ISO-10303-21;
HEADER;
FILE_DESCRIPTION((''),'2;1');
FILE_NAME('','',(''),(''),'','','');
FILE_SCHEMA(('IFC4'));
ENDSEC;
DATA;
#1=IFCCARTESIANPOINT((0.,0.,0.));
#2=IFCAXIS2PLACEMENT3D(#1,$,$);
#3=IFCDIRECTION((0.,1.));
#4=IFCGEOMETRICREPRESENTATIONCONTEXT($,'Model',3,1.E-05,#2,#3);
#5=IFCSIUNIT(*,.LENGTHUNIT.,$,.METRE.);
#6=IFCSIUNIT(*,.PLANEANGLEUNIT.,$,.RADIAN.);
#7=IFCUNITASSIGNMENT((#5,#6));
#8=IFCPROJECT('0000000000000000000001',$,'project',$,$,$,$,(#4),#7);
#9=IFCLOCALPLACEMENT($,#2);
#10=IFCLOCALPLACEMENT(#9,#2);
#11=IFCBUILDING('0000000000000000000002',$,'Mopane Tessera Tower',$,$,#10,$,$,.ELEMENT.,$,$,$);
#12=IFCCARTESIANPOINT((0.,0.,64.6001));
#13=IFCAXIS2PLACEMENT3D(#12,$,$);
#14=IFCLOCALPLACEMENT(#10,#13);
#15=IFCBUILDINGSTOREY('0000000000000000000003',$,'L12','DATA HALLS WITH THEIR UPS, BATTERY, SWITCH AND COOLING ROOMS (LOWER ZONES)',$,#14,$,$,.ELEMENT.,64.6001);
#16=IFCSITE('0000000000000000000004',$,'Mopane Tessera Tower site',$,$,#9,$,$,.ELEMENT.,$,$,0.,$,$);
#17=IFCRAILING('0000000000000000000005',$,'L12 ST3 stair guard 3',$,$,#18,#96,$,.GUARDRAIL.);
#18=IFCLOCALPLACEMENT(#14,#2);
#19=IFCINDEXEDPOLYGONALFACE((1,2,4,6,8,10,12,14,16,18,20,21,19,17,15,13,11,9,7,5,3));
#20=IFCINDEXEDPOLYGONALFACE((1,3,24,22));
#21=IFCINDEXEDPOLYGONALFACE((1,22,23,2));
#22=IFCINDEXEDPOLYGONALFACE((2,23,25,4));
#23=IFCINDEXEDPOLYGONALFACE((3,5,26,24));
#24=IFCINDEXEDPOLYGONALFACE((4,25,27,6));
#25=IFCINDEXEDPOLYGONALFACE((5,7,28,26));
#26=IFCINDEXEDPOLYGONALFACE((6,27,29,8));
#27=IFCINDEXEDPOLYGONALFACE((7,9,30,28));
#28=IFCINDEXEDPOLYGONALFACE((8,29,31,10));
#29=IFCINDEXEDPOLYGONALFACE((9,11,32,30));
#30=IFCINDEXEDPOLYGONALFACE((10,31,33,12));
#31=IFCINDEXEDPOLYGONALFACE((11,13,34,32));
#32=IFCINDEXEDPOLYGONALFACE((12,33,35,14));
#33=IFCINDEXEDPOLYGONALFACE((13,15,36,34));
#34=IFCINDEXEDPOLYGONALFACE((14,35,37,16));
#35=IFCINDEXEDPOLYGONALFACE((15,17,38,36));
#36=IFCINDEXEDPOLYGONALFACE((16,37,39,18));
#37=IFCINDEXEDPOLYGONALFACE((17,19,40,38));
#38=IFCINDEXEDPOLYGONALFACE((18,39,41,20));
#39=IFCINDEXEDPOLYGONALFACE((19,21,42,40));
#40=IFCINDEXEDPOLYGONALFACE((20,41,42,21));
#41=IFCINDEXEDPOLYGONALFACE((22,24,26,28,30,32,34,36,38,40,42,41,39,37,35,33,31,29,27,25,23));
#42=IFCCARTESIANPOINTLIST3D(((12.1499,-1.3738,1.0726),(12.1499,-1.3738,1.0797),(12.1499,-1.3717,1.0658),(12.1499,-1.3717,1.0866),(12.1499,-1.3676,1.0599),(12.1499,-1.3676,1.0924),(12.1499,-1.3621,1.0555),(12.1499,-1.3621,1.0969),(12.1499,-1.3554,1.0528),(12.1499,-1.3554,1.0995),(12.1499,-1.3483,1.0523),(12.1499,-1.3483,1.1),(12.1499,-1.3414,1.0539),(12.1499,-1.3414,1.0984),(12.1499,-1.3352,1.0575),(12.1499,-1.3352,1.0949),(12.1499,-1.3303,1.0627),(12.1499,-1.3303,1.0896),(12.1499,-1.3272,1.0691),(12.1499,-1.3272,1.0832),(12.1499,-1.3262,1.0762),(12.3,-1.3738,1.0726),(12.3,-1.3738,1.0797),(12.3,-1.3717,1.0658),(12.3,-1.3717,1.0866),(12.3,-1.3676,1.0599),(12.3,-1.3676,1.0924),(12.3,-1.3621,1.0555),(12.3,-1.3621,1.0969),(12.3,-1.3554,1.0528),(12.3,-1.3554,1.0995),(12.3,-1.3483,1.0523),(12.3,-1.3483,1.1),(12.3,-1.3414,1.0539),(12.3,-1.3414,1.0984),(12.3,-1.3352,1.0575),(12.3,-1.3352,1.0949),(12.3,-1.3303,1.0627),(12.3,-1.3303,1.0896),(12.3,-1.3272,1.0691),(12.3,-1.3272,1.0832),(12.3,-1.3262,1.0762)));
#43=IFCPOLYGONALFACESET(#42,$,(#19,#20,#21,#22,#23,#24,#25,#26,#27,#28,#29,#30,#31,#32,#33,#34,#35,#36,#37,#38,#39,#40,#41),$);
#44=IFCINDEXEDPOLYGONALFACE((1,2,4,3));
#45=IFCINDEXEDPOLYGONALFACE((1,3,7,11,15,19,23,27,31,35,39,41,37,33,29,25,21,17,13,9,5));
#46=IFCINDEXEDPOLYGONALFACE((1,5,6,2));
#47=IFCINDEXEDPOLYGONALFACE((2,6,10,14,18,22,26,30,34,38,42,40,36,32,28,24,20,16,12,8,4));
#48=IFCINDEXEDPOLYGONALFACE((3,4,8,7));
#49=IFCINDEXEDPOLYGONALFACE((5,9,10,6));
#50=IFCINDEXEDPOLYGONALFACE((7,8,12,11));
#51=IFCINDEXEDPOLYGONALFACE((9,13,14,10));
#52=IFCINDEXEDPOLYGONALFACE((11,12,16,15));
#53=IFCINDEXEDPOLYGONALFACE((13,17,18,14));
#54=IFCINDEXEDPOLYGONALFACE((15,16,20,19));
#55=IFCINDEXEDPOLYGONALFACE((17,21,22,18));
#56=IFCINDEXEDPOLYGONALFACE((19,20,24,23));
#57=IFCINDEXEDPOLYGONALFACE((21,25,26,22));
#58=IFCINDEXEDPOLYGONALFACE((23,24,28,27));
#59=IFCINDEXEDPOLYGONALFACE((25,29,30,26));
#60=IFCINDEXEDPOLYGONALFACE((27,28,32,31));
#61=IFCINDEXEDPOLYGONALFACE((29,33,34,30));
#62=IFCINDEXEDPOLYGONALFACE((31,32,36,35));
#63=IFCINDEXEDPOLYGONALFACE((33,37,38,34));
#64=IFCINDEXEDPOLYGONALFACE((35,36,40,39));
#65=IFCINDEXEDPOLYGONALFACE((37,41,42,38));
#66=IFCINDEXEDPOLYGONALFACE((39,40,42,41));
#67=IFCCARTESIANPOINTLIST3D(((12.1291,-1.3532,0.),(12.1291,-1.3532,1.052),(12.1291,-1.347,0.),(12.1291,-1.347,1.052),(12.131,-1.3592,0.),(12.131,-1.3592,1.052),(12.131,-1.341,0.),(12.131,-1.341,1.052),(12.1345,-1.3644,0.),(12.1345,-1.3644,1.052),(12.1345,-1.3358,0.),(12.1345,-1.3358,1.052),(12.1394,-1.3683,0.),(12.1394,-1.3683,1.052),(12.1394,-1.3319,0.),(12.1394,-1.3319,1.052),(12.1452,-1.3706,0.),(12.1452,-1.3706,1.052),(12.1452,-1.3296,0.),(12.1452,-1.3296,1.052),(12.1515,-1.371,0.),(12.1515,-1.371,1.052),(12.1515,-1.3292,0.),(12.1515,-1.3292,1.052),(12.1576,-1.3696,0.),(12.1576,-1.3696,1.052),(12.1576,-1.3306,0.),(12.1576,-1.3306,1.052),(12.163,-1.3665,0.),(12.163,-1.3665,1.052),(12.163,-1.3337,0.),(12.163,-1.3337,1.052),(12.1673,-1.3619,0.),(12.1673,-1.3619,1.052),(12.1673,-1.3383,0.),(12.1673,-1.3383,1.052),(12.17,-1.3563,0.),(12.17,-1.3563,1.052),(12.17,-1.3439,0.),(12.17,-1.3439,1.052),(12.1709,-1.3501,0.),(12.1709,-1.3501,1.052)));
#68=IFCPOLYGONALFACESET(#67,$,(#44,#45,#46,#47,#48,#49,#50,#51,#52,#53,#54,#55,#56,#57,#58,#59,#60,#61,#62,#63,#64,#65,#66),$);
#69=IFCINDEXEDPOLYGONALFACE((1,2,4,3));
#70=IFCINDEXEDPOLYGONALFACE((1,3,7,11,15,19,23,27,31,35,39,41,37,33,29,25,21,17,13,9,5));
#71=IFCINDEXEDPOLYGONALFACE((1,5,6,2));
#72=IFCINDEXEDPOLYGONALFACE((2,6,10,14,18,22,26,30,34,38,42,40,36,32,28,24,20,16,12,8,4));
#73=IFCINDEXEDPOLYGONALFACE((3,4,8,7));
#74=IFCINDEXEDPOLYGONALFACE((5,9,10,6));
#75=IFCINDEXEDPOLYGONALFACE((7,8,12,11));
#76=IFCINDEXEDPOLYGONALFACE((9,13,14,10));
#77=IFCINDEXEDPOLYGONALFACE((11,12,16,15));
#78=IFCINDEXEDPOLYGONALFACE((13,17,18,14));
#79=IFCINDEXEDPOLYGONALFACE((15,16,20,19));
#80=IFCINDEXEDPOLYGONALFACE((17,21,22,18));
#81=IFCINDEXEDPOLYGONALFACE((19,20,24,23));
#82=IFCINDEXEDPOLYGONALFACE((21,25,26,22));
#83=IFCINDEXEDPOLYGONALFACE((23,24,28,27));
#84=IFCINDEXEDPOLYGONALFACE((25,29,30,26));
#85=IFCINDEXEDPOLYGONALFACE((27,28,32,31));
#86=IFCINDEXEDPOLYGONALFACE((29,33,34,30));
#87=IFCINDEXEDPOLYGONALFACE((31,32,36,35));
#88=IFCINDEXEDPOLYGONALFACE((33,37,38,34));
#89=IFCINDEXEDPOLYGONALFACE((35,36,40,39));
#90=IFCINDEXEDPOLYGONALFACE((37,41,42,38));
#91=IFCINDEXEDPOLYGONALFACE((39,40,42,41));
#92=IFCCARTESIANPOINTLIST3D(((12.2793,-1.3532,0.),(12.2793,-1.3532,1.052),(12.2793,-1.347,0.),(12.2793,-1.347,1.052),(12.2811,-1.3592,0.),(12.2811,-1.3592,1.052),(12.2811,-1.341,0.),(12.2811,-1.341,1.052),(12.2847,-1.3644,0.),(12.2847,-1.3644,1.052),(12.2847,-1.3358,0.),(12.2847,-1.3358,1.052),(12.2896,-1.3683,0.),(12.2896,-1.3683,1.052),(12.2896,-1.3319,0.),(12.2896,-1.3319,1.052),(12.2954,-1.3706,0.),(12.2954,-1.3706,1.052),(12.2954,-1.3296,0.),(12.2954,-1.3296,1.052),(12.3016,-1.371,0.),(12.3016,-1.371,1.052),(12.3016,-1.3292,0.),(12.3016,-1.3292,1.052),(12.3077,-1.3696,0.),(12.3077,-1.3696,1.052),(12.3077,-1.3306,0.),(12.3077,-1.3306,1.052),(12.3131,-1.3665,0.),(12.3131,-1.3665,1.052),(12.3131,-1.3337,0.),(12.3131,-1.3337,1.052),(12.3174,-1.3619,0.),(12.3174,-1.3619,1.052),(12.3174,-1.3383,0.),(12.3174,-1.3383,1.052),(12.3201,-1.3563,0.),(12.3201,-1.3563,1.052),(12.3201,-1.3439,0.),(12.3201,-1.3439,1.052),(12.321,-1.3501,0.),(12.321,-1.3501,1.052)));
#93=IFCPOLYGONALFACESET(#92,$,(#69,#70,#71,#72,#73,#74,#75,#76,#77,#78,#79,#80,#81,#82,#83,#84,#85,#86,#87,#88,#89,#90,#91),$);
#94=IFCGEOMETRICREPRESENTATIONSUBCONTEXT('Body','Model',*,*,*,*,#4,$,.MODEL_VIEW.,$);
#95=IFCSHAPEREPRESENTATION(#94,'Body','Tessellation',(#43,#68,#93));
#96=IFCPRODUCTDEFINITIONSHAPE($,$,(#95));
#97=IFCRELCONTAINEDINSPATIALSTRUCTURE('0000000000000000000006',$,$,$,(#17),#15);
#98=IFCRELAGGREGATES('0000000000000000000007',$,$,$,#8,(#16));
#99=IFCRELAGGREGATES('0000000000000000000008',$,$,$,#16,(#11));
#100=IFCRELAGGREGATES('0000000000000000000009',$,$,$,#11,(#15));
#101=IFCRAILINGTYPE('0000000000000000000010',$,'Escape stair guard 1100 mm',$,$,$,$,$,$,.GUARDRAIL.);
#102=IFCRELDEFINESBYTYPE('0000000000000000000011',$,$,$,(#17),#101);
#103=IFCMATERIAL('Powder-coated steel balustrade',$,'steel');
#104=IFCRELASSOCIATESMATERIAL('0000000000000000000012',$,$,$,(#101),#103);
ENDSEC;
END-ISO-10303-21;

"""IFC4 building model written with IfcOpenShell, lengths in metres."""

from ifc_helpers import new_model, si_unit, direction, frame, origin, origin_2d, place, context, subcontext, project, spatial, circle, extrude, material, type_object, element, save


model = new_model("IFC4")

# Units and contexts
model_context = context("Model", 3, precision=1e-05, world=origin(), true_north=direction((0.0, 1.0)))
body_context = subcontext(model_context, "Body", "Model", "MODEL_VIEW")
ifc_project = project(units=[si_unit("LENGTHUNIT", "METRE"), si_unit("PLANEANGLEUNIT", "RADIAN")], contexts=[model_context])

# Site, building, storey
site_placement = place(None, origin())
site = spatial("IfcSite", under=ifc_project, at=site_placement, Name="Mopane Tessera Tower site", CompositionType="ELEMENT", RefElevation=0.0)
building_placement = place(site_placement, origin())
building = spatial("IfcBuilding", under=site, at=building_placement, Name="Mopane Tessera Tower", CompositionType="ELEMENT")
storey_placement = place(building_placement, frame((0.0, 0.0, 64.6001)))
storey = spatial("IfcBuildingStorey", under=building, at=storey_placement, Name="L12", Description="DATA HALLS WITH THEIR UPS, BATTERY, SWITCH AND COOLING ROOMS (LOWER ZONES)", CompositionType="ELEMENT", Elevation=64.6001)

# Railing
ifc_material_1 = material(Name="Powder-coated steel balustrade", Category="steel")
railing_type_1 = type_object("IfcRailingType", Name="Escape stair guard 1100 mm", PredefinedType="GUARDRAIL", material=ifc_material_1)
railing_1_placement = place(storey_placement, frame((12.1499, -1.3501, 0.0)))
element("IfcRailing", 1, at=railing_1_placement, inside=storey, type_object=railing_type_1, Name="L12 ST3 stair guard 3", PredefinedType="GUARDRAIL", context=body_context, shape_type="SweptSolid", body=[
    extrude(circle(Radius=0.0239, at=origin_2d()), frame((0.0, 0.0, 1.0762), z_axis=(1.0, 0.0, 0.0), x_axis=(0.0, 1.0, 0.0)), (0.0, 0.0, 1.0), 0.1501),
    extrude(circle(Radius=0.021, at=origin_2d()), origin(), (0.0, 0.0, 1.0), 1.052),
    extrude(circle(Radius=0.021, at=origin_2d()), frame((0.1501, 0.0, 0.0)), (0.0, 0.0, 1.0), 1.052),
])

save(model, "model.ifc")
